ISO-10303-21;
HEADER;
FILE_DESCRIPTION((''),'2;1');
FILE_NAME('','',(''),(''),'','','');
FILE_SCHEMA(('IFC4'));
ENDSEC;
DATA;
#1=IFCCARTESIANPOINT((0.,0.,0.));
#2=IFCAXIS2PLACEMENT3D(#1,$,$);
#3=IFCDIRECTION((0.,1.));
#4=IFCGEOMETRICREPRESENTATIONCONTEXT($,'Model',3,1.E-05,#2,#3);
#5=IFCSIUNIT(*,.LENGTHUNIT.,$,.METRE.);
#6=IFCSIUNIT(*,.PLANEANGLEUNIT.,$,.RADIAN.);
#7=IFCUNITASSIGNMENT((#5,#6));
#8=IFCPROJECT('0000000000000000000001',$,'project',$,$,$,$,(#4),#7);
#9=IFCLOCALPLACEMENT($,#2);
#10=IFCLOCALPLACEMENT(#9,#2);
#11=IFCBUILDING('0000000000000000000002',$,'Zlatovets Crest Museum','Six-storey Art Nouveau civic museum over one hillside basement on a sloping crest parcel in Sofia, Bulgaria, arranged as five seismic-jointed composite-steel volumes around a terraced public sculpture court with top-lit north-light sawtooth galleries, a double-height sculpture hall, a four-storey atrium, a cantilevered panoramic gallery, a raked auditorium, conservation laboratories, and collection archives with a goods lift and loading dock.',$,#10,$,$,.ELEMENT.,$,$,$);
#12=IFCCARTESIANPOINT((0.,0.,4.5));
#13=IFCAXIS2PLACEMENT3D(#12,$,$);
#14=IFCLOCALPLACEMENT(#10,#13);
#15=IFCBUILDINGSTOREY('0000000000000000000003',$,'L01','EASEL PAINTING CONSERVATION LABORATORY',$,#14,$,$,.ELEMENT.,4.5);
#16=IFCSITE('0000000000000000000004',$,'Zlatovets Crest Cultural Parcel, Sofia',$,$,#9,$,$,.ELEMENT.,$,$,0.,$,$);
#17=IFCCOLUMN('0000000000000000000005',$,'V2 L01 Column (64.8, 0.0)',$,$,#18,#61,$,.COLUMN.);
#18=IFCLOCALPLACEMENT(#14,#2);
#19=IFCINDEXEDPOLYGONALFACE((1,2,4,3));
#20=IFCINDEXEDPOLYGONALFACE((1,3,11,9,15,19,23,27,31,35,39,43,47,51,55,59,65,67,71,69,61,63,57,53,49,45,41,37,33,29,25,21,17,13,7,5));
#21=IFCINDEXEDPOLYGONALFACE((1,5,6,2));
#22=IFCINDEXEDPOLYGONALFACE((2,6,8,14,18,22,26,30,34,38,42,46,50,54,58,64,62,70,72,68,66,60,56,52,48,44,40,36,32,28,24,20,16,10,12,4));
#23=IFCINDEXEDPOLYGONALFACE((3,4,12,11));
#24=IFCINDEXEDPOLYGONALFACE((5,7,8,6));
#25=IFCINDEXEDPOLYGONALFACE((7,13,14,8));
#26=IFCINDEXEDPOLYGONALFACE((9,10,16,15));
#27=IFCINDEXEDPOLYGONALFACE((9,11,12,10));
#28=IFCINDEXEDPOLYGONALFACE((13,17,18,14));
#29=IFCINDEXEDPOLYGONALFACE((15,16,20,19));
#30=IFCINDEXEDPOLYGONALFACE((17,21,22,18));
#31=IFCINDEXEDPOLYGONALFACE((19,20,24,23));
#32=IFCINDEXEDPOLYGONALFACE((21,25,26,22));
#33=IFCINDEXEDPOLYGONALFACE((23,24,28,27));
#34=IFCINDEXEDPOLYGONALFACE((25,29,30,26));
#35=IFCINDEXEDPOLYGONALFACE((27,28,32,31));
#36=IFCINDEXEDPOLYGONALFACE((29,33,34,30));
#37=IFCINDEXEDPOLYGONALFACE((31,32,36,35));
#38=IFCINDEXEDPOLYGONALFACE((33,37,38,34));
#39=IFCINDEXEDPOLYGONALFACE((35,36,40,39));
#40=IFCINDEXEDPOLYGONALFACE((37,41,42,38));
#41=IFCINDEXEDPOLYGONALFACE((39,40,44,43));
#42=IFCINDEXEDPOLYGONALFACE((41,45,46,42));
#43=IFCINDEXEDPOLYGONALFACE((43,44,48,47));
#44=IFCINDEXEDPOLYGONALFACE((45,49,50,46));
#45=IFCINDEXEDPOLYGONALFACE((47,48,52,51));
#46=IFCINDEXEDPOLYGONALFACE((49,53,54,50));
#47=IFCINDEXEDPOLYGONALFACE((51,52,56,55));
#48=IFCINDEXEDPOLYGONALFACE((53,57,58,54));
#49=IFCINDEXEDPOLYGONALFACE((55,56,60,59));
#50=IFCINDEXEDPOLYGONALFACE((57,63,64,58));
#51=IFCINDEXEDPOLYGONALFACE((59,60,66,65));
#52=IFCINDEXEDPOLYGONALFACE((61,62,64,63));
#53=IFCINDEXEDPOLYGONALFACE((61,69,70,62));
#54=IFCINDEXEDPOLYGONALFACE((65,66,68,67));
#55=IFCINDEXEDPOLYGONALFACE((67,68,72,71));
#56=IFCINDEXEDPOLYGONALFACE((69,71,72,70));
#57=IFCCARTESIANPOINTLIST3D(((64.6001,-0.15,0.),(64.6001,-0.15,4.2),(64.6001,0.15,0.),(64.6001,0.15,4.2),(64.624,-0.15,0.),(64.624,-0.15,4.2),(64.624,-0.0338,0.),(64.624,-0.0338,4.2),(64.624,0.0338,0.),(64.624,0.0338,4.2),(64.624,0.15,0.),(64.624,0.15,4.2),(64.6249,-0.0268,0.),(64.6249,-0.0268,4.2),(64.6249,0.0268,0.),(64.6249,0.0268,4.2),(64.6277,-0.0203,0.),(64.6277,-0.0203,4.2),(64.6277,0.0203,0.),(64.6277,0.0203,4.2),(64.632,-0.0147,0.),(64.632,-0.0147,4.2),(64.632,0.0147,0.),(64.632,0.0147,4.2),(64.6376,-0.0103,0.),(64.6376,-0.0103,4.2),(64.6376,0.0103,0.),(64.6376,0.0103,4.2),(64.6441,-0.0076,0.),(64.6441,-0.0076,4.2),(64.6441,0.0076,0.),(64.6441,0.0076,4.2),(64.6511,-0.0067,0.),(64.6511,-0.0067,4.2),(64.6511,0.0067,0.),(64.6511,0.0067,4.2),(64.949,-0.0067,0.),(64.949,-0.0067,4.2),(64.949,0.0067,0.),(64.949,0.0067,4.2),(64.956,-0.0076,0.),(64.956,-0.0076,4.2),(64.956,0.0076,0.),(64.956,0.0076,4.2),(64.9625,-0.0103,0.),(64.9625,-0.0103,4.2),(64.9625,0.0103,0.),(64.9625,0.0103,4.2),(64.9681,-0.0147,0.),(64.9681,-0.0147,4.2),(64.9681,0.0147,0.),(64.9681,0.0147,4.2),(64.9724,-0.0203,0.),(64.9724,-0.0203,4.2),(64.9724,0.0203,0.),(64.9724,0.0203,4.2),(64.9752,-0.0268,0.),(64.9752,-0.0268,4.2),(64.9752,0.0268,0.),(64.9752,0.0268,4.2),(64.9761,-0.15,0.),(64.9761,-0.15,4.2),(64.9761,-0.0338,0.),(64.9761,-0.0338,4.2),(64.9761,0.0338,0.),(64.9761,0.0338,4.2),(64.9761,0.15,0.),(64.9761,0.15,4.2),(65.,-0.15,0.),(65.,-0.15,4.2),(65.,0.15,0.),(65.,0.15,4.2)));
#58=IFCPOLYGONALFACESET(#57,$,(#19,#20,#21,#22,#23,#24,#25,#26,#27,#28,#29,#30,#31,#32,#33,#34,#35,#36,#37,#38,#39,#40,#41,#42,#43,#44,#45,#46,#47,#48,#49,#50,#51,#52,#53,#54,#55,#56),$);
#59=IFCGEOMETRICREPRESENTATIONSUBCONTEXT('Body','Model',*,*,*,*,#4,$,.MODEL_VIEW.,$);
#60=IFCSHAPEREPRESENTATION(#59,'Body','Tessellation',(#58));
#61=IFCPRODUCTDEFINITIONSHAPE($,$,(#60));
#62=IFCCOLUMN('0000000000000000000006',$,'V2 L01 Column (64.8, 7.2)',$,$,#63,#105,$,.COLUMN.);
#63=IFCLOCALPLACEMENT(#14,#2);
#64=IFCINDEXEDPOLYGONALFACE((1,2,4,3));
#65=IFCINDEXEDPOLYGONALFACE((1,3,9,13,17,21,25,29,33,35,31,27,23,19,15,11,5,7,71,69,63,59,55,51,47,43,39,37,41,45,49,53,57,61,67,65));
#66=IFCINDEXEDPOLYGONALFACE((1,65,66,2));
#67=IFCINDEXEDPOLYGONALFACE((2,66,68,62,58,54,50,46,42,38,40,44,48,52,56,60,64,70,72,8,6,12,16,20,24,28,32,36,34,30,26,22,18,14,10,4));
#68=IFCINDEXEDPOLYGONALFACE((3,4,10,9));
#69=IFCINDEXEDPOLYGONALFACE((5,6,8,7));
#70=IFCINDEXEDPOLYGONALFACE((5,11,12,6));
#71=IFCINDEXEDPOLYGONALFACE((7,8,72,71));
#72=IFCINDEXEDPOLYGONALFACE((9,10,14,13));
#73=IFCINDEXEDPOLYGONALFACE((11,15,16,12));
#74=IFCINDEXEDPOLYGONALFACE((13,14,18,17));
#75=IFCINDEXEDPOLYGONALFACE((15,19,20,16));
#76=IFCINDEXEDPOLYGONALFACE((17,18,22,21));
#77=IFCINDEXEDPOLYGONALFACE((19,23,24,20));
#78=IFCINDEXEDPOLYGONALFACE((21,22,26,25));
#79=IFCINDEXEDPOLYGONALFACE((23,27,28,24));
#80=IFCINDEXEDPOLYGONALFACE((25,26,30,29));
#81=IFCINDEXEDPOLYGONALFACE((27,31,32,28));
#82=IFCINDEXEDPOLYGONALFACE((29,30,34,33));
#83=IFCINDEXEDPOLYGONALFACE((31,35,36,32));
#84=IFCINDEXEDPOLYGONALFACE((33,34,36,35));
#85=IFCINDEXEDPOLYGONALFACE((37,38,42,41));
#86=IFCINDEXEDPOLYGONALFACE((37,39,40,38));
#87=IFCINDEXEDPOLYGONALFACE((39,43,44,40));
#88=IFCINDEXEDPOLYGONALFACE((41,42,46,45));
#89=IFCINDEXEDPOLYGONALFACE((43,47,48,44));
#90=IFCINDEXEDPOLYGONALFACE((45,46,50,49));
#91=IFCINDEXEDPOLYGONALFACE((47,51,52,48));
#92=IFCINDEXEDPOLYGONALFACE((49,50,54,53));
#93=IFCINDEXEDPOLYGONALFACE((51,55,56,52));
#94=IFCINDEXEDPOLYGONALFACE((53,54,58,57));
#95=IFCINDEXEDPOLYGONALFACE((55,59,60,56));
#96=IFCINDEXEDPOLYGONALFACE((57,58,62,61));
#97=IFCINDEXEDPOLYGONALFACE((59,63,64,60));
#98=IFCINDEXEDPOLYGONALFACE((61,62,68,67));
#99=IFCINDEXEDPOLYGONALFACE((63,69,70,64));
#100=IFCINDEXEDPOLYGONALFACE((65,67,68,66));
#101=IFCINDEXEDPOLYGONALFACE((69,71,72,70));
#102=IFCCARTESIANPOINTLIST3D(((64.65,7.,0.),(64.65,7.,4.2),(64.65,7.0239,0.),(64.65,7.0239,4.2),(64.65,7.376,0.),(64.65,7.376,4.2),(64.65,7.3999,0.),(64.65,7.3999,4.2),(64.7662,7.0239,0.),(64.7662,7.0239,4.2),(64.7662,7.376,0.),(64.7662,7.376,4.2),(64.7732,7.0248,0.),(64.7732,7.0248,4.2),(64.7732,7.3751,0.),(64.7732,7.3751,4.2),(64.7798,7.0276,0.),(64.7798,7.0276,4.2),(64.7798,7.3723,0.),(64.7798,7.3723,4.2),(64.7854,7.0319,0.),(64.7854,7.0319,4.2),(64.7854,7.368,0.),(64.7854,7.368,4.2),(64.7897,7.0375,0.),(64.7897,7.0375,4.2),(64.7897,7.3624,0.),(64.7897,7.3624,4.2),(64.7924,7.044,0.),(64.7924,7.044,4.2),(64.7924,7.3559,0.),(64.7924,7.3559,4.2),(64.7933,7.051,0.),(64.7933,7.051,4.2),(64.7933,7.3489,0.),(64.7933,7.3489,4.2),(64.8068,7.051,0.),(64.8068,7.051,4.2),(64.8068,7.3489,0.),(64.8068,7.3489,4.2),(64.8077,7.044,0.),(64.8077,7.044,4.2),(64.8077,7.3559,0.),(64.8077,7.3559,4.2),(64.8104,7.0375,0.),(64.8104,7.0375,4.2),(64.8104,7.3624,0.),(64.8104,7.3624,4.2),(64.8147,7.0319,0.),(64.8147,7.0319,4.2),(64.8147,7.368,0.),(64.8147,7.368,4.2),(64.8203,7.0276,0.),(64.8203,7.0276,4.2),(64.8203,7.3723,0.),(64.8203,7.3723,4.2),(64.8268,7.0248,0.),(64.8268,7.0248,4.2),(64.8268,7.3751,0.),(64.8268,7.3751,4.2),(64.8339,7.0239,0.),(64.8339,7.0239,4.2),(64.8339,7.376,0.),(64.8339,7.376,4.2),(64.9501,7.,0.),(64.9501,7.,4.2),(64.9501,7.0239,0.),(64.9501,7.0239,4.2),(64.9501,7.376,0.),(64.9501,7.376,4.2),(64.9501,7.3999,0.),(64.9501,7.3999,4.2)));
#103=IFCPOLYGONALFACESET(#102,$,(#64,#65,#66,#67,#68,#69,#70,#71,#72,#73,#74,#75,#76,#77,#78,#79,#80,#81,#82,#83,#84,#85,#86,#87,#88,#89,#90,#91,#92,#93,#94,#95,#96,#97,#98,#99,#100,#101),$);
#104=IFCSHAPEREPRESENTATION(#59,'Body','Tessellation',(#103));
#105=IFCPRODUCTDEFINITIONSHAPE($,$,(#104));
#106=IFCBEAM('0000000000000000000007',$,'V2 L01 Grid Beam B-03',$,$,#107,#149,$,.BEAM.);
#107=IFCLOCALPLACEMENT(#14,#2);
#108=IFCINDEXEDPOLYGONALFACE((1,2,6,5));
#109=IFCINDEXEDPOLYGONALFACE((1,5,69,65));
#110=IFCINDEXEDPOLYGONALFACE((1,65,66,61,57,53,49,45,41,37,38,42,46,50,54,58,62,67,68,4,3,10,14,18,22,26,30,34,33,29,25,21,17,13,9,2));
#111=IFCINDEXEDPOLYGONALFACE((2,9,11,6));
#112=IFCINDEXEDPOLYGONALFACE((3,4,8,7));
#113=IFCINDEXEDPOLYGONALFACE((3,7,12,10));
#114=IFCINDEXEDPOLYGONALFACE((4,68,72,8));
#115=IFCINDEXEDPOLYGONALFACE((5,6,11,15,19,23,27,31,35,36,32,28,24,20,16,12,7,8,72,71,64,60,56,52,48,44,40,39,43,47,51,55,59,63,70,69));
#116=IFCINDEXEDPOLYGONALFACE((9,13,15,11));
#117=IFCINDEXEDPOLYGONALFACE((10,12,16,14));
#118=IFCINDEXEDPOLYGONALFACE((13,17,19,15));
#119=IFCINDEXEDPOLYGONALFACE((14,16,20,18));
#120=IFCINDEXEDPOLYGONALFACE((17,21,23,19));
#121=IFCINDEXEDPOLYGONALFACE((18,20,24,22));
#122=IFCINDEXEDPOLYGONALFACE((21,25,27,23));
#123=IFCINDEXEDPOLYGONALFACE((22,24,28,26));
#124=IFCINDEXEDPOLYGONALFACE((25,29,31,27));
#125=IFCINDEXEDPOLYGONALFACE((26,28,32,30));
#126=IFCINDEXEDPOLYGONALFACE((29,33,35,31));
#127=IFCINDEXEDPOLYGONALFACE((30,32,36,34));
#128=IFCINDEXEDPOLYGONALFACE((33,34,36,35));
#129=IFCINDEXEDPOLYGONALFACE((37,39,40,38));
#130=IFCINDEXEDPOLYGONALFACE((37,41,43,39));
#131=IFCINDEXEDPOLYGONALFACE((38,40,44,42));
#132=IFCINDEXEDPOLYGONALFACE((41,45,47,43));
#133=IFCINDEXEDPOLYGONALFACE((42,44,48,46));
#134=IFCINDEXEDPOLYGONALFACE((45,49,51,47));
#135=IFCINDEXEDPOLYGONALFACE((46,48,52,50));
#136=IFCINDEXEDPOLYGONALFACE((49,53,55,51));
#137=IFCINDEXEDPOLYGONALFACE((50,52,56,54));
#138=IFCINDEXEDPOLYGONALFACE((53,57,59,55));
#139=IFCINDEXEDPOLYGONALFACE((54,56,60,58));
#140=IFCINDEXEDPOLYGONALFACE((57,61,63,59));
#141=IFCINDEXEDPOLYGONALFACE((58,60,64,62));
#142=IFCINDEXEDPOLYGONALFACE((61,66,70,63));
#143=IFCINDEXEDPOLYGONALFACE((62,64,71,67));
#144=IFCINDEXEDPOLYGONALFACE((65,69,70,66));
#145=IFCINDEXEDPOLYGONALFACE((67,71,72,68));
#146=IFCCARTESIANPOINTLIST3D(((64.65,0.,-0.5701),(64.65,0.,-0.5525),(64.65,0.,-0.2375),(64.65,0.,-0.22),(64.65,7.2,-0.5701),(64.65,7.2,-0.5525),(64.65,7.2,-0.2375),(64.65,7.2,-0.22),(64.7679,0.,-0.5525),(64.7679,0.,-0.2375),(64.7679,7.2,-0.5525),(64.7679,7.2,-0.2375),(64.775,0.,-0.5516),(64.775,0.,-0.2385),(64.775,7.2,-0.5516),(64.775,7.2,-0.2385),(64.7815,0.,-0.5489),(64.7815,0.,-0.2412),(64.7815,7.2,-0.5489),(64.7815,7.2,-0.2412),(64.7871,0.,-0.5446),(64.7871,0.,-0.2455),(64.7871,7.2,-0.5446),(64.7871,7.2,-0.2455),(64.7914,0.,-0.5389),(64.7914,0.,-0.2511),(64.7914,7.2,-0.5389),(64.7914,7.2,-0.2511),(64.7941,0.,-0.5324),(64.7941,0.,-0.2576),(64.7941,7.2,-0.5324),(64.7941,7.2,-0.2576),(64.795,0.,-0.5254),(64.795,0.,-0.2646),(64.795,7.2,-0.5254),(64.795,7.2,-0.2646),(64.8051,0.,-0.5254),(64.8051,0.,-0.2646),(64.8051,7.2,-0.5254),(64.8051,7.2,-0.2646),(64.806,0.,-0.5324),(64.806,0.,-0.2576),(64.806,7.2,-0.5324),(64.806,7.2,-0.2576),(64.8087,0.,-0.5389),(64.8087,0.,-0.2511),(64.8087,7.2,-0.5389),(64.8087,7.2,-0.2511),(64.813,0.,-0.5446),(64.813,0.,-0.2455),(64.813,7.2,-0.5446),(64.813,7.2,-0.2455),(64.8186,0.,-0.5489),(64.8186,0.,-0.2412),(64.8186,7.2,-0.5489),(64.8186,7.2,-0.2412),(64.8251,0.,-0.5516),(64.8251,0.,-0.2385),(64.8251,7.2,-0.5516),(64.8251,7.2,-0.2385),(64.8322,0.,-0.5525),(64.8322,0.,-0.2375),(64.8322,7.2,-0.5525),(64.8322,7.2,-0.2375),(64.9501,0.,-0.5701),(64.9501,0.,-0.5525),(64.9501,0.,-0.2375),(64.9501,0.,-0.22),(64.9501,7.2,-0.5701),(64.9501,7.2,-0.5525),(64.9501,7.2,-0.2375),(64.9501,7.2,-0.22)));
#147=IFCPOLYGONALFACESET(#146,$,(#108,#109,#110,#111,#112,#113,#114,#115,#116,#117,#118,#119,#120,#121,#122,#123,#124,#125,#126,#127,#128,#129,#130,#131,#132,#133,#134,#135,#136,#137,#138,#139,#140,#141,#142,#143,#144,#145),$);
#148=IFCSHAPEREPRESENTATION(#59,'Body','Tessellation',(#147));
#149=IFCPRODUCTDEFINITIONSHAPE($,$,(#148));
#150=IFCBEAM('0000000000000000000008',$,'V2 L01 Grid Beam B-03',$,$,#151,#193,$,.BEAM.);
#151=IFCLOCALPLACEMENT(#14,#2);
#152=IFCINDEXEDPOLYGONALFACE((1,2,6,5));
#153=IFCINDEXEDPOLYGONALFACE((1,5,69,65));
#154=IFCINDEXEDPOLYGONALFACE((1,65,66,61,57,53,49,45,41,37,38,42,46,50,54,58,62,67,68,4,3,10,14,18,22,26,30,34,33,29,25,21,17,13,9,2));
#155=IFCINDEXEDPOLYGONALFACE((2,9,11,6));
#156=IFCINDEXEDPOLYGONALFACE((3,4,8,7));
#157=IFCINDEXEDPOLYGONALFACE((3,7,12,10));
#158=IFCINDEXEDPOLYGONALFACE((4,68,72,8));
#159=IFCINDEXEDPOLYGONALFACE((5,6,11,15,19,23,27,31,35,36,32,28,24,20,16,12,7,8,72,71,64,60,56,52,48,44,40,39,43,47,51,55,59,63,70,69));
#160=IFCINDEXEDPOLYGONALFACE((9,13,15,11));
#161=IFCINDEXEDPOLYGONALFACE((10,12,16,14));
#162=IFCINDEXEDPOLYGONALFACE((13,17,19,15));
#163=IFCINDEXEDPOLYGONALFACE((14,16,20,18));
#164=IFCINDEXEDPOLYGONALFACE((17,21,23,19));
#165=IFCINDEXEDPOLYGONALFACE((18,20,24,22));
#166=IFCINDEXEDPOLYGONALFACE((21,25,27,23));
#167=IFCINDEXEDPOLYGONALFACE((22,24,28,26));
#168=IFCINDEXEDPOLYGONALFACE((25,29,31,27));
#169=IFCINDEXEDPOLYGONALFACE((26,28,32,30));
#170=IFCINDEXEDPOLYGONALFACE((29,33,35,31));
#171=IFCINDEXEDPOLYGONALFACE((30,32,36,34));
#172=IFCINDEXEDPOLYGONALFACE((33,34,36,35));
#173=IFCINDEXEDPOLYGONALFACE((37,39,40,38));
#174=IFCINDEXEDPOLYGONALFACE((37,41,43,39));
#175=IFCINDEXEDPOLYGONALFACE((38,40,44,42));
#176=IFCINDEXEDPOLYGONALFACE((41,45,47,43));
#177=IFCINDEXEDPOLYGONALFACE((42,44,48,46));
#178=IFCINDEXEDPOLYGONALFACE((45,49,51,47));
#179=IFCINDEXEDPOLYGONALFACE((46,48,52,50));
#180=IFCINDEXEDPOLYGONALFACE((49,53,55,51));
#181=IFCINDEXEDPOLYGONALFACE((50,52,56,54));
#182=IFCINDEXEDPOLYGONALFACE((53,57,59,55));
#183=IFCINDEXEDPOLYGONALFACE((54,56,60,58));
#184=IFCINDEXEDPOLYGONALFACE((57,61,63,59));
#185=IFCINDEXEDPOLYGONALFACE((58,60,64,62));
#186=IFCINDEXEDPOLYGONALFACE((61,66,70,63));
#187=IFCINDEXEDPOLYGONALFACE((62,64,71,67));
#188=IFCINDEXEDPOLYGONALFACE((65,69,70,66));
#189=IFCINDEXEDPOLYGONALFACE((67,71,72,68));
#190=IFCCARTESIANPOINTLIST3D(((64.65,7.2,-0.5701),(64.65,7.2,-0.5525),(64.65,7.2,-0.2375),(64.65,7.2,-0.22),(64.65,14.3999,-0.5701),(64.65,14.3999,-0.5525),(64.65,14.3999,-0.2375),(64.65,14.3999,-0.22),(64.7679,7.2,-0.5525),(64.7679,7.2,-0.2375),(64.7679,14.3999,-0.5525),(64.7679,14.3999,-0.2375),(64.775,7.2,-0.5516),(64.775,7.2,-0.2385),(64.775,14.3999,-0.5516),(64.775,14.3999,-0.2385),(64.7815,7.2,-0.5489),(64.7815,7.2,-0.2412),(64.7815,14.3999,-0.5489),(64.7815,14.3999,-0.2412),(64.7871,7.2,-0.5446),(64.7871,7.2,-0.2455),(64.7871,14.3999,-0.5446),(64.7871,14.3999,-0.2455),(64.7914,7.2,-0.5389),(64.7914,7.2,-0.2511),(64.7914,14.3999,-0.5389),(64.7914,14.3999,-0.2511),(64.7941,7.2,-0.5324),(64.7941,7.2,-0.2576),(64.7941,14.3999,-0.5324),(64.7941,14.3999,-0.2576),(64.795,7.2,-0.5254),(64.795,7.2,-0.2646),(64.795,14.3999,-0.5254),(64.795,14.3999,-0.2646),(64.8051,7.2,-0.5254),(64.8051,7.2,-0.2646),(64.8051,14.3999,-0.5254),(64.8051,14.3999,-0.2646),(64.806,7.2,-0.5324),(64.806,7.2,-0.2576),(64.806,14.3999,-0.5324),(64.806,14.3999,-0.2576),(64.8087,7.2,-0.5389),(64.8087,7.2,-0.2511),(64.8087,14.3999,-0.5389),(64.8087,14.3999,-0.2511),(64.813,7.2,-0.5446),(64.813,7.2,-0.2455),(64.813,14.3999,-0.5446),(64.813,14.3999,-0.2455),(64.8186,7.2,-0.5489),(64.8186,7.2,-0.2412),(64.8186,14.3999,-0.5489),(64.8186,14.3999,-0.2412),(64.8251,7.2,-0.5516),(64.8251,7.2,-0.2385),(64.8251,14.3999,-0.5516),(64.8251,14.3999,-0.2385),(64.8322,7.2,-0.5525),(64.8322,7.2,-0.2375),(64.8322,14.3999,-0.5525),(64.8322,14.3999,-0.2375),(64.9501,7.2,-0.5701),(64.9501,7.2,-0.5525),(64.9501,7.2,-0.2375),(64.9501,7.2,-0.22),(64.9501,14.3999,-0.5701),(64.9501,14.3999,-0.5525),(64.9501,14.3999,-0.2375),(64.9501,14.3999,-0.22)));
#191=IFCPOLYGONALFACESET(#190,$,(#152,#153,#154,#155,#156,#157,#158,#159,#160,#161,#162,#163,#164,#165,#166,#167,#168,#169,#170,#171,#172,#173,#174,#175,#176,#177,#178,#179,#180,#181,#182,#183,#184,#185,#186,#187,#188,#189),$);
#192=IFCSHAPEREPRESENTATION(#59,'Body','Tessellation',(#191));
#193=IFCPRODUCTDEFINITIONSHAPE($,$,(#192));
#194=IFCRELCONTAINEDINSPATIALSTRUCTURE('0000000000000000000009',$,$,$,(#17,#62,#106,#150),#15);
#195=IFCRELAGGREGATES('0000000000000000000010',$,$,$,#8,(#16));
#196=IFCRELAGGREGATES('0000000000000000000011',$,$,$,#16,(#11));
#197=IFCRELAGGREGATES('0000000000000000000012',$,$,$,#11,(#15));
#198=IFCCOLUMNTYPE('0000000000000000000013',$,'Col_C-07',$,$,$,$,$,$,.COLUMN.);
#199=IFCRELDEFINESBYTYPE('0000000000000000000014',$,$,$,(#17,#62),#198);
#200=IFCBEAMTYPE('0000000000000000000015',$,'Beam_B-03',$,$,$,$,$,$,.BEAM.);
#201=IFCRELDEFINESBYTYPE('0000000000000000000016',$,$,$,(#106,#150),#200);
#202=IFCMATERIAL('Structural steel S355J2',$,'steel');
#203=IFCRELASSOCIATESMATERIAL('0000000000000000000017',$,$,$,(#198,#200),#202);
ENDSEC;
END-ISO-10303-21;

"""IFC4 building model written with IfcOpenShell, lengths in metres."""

from ifc_helpers import new_model, si_unit, direction, frame, origin, origin_2d, place, context, subcontext, project, spatial, i_section, extrude, material, material_profile, profile_set, type_object, element, save


model = new_model("IFC4")

# Units and contexts
model_context = context("Model", 3, precision=1e-05, world=origin(), true_north=direction((0.0, 1.0)))
body_context = subcontext(model_context, "Body", "Model", "MODEL_VIEW")
ifc_project = project(units=[si_unit("LENGTHUNIT", "METRE"), si_unit("PLANEANGLEUNIT", "RADIAN")], contexts=[model_context])

# Site, building, storey
site_placement = place(None, origin())
site = spatial("IfcSite", under=ifc_project, at=site_placement, Name="Zlatovets Crest Cultural Parcel, Sofia", CompositionType="ELEMENT", RefElevation=0.0)
building_placement = place(site_placement, origin())
building = spatial("IfcBuilding", under=site, at=building_placement, Name="Zlatovets Crest Museum", Description="Six-storey Art Nouveau civic museum over one hillside basement on a sloping crest parcel in Sofia, Bulgaria, arranged as five seismic-jointed composite-steel volumes around a terraced public sculpture court with top-lit north-light sawtooth galleries, a double-height sculpture hall, a four-storey atrium, a cantilevered panoramic gallery, a raked auditorium, conservation laboratories, and collection archives with a goods lift and loading dock.", CompositionType="ELEMENT")
storey_placement = place(building_placement, frame((0.0, 0.0, 4.5)))
storey = spatial("IfcBuildingStorey", under=building, at=storey_placement, Name="L01", Description="EASEL PAINTING CONSERVATION LABORATORY", CompositionType="ELEMENT", Elevation=4.5)

# Columns
ifc_material_1 = material(Name="Structural steel S355J2", Category="steel")
ifc_material_profile_1 = material_profile(ifc_material_1, i_section(OverallWidth=0.3, OverallDepth=0.3999, WebThickness=0.0134, FlangeThickness=0.0239, FilletRadius=0.0271, at=origin_2d()), Name="HEB 400")
ifc_profile_set_1 = profile_set([ifc_material_profile_1], Name="Structural steel S355J2")
column_type = type_object("IfcColumnType", Name="Col_C-07", PredefinedType="COLUMN", material=ifc_profile_set_1)
for number, where, z_axis, x_axis, name in (
    (1, (64.8, 0.0, 0.0), (0.0, 0.0, 1.0), (0.0, 1.0, 0.0), "V2 L01 Column (64.8, 0.0)"),
    (2, (64.8, 7.2, 0.0), (0.0, 0.0, 1.0), (1.0, 0.0, 0.0), "V2 L01 Column (64.8, 7.2)"),
):
    element("IfcColumn", number, at=place(storey_placement, frame(where, z_axis=z_axis, x_axis=x_axis)), inside=storey, type_object=column_type, Name=name, PredefinedType="COLUMN", context=body_context, shape_type="SweptSolid", body=[
        extrude(i_section(OverallWidth=0.3, OverallDepth=0.3999, WebThickness=0.0134, FlangeThickness=0.0239, FilletRadius=0.0271, at=origin_2d()), origin(), (0.0, 0.0, 1.0), 4.2),
    ])

# Beams
ifc_material_profile_2 = material_profile(ifc_material_1, i_section(OverallWidth=0.3, OverallDepth=0.3501, WebThickness=0.01, FlangeThickness=0.0176, FilletRadius=0.0271, at=origin_2d()), Name="HEA 360")
ifc_profile_set_2 = profile_set([ifc_material_profile_2], Name="Structural steel S355J2")
beam_type_1 = type_object("IfcBeamType", Name="Beam_B-03", PredefinedType="BEAM", material=ifc_profile_set_2)
for number, where, z_axis, x_axis, name in (
    (3, (64.8, 0.0, -0.395), (0.0, 1.0, 0.0), (-1.0, 0.0, 0.0), "V2 L01 Grid Beam B-03"),
    (4, (64.8, 7.2, -0.395), (0.0, 1.0, 0.0), (-1.0, 0.0, 0.0), "V2 L01 Grid Beam B-03"),
):
    element("IfcBeam", number, at=place(storey_placement, frame(where, z_axis=z_axis, x_axis=x_axis)), inside=storey, type_object=beam_type_1, Name=name, PredefinedType="BEAM", context=body_context, shape_type="SweptSolid", body=[
        extrude(i_section(OverallWidth=0.3, OverallDepth=0.3501, WebThickness=0.01, FlangeThickness=0.0176, FilletRadius=0.0271, at=origin_2d()), origin(), (0.0, 0.0, 1.0), 7.2),
    ])

save(model, "model.ifc")
